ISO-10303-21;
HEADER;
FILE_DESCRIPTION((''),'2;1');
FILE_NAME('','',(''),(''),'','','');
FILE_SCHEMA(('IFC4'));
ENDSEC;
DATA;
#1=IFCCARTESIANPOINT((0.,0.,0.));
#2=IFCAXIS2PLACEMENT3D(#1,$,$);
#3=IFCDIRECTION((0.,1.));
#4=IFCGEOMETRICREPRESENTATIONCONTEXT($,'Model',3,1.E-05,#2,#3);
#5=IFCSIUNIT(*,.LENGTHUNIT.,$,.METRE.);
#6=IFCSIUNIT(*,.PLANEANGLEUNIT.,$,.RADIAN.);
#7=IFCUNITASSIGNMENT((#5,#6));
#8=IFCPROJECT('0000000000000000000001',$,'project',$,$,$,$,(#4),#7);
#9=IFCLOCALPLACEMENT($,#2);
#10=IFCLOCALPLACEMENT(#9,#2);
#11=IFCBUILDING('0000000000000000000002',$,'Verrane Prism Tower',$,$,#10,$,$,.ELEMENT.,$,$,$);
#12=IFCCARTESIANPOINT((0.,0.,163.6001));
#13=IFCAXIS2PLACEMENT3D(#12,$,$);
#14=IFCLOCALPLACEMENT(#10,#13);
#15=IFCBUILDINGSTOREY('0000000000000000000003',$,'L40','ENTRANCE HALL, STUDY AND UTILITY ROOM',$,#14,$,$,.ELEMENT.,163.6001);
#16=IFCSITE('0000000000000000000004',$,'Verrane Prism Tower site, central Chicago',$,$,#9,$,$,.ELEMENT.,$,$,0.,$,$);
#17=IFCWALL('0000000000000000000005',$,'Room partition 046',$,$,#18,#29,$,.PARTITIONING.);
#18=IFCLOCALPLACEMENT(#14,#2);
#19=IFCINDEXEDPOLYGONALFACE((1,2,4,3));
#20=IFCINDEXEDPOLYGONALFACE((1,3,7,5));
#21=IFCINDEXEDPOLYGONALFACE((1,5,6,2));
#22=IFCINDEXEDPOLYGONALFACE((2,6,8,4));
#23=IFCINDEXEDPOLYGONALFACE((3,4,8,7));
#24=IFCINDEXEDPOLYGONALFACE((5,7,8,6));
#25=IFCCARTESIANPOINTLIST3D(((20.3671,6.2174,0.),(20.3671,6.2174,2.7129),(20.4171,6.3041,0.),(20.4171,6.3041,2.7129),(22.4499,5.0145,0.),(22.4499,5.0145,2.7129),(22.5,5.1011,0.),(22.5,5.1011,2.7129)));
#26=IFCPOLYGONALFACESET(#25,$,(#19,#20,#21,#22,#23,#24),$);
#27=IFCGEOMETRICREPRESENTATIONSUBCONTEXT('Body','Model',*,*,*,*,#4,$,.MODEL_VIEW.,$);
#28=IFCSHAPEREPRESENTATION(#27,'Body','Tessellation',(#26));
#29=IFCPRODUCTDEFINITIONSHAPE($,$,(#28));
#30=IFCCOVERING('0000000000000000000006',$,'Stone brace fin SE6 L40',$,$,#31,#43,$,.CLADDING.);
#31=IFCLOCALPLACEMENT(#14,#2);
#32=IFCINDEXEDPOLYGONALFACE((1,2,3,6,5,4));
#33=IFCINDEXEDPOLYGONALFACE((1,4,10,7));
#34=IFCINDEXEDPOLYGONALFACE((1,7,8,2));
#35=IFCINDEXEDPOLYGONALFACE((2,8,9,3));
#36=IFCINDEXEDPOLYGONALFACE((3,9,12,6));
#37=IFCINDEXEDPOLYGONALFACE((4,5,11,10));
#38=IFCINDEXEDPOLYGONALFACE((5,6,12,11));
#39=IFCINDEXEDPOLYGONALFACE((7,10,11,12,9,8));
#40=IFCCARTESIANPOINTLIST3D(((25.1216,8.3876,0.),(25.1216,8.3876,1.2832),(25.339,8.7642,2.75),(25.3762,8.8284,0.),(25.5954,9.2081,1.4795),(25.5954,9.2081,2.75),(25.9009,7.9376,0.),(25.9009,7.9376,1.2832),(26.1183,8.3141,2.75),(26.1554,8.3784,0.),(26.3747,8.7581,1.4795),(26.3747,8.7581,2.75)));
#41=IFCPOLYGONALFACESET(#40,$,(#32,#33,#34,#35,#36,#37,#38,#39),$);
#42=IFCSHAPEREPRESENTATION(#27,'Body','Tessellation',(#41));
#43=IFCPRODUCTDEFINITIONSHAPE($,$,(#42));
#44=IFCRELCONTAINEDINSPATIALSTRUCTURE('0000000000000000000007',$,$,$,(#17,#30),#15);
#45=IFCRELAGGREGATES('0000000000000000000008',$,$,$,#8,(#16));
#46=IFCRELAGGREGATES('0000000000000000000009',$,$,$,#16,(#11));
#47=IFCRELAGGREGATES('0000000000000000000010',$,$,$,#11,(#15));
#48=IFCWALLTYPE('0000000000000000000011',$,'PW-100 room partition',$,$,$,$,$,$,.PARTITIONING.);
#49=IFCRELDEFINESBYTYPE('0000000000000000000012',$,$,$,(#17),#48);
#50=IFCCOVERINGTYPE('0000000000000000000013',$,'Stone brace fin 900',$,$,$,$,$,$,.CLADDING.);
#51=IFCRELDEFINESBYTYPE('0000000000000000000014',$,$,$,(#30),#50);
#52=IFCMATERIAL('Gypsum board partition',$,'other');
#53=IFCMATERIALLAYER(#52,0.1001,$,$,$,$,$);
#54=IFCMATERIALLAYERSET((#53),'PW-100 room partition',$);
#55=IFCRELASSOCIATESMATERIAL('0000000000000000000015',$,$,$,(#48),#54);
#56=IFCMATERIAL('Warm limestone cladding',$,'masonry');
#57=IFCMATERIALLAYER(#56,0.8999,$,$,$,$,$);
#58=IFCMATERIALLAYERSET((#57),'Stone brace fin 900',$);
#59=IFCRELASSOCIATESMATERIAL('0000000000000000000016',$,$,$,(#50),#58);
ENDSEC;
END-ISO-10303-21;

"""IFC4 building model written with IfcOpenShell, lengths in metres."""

from ifc_helpers import new_model, si_unit, direction, frame, frame_2d, origin, place, context, subcontext, project, spatial, polyline, rectangle, outline, extrude, material, layer, layer_set, type_object, element, save


model = new_model("IFC4")

# Units and contexts
model_context = context("Model", 3, precision=1e-05, world=origin(), true_north=direction((0.0, 1.0)))
body_context = subcontext(model_context, "Body", "Model", "MODEL_VIEW")
ifc_project = project(units=[si_unit("LENGTHUNIT", "METRE"), si_unit("PLANEANGLEUNIT", "RADIAN")], contexts=[model_context])

# Site, building, storey
site_placement = place(None, origin())
site = spatial("IfcSite", under=ifc_project, at=site_placement, Name="Verrane Prism Tower site, central Chicago", CompositionType="ELEMENT", RefElevation=0.0)
building_placement = place(site_placement, origin())
building = spatial("IfcBuilding", under=site, at=building_placement, Name="Verrane Prism Tower", CompositionType="ELEMENT")
storey_placement = place(building_placement, frame((0.0, 0.0, 163.6001)))
storey = spatial("IfcBuildingStorey", under=building, at=storey_placement, Name="L40", Description="ENTRANCE HALL, STUDY AND UTILITY ROOM", CompositionType="ELEMENT", Elevation=163.6001)

# Shared definitions
ifc_material_1 = material(Name="Gypsum board partition", Category="other")
ifc_layer_1 = layer(ifc_material_1, 0.1001)
ifc_layer_set_1 = layer_set([ifc_layer_1], Name="PW-100 room partition")
wall_type_1 = type_object("IfcWallType", Name="PW-100 room partition", PredefinedType="PARTITIONING", material=ifc_layer_set_1)

# Wall
wall_1_placement = place(storey_placement, frame((20.3921, 6.2607, 0.0), z_axis=(0.0, 0.0, 1.0), x_axis=(0.865954, -0.500124, 0.0)))
element("IfcWall", 1, at=wall_1_placement, inside=storey, type_object=wall_type_1, Name="Room partition 046", PredefinedType="PARTITIONING", context=body_context, shape_type="SweptSolid", body=[
    extrude(rectangle(XDim=2.4053, YDim=0.1001, at=frame_2d((1.2026, 0.0))), origin(), (0.0, 0.0, 1.0), 2.7129),
])

# Covering
ifc_material_2 = material(Name="Warm limestone cladding", Category="masonry")
ifc_layer_2 = layer(ifc_material_2, 0.8999)
ifc_layer_set_2 = layer_set([ifc_layer_2], Name="Stone brace fin 900")
covering_type = type_object("IfcCoveringType", Name="Stone brace fin 900", PredefinedType="CLADDING", material=ifc_layer_set_2)
covering_placement = place(storey_placement, frame((25.5112, 8.1626, 0.0), z_axis=(0.0, 0.0, 1.0), x_axis=(0.500102, 0.865967, 0.0)))
element("IfcCovering", 2, at=covering_placement, inside=storey, type_object=covering_type, Name="Stone brace fin SE6 L40", PredefinedType="CLADDING", context=body_context, shape_type="SweptSolid", body=[
    extrude(outline(polyline([(0.9475, 2.75), (0.4348, 2.75), (0.0, 1.2832), (0.0, 0.0), (0.509, 0.0), (0.9475, 1.4795), (0.9475, 2.75)])), frame((0.0, 0.45, 0.0), z_axis=(0.0, -1.0, 0.0), x_axis=(1.0, 0.0, 0.0)), (0.0, 0.0, 1.0), 0.8999),
])

save(model, "model.ifc")
